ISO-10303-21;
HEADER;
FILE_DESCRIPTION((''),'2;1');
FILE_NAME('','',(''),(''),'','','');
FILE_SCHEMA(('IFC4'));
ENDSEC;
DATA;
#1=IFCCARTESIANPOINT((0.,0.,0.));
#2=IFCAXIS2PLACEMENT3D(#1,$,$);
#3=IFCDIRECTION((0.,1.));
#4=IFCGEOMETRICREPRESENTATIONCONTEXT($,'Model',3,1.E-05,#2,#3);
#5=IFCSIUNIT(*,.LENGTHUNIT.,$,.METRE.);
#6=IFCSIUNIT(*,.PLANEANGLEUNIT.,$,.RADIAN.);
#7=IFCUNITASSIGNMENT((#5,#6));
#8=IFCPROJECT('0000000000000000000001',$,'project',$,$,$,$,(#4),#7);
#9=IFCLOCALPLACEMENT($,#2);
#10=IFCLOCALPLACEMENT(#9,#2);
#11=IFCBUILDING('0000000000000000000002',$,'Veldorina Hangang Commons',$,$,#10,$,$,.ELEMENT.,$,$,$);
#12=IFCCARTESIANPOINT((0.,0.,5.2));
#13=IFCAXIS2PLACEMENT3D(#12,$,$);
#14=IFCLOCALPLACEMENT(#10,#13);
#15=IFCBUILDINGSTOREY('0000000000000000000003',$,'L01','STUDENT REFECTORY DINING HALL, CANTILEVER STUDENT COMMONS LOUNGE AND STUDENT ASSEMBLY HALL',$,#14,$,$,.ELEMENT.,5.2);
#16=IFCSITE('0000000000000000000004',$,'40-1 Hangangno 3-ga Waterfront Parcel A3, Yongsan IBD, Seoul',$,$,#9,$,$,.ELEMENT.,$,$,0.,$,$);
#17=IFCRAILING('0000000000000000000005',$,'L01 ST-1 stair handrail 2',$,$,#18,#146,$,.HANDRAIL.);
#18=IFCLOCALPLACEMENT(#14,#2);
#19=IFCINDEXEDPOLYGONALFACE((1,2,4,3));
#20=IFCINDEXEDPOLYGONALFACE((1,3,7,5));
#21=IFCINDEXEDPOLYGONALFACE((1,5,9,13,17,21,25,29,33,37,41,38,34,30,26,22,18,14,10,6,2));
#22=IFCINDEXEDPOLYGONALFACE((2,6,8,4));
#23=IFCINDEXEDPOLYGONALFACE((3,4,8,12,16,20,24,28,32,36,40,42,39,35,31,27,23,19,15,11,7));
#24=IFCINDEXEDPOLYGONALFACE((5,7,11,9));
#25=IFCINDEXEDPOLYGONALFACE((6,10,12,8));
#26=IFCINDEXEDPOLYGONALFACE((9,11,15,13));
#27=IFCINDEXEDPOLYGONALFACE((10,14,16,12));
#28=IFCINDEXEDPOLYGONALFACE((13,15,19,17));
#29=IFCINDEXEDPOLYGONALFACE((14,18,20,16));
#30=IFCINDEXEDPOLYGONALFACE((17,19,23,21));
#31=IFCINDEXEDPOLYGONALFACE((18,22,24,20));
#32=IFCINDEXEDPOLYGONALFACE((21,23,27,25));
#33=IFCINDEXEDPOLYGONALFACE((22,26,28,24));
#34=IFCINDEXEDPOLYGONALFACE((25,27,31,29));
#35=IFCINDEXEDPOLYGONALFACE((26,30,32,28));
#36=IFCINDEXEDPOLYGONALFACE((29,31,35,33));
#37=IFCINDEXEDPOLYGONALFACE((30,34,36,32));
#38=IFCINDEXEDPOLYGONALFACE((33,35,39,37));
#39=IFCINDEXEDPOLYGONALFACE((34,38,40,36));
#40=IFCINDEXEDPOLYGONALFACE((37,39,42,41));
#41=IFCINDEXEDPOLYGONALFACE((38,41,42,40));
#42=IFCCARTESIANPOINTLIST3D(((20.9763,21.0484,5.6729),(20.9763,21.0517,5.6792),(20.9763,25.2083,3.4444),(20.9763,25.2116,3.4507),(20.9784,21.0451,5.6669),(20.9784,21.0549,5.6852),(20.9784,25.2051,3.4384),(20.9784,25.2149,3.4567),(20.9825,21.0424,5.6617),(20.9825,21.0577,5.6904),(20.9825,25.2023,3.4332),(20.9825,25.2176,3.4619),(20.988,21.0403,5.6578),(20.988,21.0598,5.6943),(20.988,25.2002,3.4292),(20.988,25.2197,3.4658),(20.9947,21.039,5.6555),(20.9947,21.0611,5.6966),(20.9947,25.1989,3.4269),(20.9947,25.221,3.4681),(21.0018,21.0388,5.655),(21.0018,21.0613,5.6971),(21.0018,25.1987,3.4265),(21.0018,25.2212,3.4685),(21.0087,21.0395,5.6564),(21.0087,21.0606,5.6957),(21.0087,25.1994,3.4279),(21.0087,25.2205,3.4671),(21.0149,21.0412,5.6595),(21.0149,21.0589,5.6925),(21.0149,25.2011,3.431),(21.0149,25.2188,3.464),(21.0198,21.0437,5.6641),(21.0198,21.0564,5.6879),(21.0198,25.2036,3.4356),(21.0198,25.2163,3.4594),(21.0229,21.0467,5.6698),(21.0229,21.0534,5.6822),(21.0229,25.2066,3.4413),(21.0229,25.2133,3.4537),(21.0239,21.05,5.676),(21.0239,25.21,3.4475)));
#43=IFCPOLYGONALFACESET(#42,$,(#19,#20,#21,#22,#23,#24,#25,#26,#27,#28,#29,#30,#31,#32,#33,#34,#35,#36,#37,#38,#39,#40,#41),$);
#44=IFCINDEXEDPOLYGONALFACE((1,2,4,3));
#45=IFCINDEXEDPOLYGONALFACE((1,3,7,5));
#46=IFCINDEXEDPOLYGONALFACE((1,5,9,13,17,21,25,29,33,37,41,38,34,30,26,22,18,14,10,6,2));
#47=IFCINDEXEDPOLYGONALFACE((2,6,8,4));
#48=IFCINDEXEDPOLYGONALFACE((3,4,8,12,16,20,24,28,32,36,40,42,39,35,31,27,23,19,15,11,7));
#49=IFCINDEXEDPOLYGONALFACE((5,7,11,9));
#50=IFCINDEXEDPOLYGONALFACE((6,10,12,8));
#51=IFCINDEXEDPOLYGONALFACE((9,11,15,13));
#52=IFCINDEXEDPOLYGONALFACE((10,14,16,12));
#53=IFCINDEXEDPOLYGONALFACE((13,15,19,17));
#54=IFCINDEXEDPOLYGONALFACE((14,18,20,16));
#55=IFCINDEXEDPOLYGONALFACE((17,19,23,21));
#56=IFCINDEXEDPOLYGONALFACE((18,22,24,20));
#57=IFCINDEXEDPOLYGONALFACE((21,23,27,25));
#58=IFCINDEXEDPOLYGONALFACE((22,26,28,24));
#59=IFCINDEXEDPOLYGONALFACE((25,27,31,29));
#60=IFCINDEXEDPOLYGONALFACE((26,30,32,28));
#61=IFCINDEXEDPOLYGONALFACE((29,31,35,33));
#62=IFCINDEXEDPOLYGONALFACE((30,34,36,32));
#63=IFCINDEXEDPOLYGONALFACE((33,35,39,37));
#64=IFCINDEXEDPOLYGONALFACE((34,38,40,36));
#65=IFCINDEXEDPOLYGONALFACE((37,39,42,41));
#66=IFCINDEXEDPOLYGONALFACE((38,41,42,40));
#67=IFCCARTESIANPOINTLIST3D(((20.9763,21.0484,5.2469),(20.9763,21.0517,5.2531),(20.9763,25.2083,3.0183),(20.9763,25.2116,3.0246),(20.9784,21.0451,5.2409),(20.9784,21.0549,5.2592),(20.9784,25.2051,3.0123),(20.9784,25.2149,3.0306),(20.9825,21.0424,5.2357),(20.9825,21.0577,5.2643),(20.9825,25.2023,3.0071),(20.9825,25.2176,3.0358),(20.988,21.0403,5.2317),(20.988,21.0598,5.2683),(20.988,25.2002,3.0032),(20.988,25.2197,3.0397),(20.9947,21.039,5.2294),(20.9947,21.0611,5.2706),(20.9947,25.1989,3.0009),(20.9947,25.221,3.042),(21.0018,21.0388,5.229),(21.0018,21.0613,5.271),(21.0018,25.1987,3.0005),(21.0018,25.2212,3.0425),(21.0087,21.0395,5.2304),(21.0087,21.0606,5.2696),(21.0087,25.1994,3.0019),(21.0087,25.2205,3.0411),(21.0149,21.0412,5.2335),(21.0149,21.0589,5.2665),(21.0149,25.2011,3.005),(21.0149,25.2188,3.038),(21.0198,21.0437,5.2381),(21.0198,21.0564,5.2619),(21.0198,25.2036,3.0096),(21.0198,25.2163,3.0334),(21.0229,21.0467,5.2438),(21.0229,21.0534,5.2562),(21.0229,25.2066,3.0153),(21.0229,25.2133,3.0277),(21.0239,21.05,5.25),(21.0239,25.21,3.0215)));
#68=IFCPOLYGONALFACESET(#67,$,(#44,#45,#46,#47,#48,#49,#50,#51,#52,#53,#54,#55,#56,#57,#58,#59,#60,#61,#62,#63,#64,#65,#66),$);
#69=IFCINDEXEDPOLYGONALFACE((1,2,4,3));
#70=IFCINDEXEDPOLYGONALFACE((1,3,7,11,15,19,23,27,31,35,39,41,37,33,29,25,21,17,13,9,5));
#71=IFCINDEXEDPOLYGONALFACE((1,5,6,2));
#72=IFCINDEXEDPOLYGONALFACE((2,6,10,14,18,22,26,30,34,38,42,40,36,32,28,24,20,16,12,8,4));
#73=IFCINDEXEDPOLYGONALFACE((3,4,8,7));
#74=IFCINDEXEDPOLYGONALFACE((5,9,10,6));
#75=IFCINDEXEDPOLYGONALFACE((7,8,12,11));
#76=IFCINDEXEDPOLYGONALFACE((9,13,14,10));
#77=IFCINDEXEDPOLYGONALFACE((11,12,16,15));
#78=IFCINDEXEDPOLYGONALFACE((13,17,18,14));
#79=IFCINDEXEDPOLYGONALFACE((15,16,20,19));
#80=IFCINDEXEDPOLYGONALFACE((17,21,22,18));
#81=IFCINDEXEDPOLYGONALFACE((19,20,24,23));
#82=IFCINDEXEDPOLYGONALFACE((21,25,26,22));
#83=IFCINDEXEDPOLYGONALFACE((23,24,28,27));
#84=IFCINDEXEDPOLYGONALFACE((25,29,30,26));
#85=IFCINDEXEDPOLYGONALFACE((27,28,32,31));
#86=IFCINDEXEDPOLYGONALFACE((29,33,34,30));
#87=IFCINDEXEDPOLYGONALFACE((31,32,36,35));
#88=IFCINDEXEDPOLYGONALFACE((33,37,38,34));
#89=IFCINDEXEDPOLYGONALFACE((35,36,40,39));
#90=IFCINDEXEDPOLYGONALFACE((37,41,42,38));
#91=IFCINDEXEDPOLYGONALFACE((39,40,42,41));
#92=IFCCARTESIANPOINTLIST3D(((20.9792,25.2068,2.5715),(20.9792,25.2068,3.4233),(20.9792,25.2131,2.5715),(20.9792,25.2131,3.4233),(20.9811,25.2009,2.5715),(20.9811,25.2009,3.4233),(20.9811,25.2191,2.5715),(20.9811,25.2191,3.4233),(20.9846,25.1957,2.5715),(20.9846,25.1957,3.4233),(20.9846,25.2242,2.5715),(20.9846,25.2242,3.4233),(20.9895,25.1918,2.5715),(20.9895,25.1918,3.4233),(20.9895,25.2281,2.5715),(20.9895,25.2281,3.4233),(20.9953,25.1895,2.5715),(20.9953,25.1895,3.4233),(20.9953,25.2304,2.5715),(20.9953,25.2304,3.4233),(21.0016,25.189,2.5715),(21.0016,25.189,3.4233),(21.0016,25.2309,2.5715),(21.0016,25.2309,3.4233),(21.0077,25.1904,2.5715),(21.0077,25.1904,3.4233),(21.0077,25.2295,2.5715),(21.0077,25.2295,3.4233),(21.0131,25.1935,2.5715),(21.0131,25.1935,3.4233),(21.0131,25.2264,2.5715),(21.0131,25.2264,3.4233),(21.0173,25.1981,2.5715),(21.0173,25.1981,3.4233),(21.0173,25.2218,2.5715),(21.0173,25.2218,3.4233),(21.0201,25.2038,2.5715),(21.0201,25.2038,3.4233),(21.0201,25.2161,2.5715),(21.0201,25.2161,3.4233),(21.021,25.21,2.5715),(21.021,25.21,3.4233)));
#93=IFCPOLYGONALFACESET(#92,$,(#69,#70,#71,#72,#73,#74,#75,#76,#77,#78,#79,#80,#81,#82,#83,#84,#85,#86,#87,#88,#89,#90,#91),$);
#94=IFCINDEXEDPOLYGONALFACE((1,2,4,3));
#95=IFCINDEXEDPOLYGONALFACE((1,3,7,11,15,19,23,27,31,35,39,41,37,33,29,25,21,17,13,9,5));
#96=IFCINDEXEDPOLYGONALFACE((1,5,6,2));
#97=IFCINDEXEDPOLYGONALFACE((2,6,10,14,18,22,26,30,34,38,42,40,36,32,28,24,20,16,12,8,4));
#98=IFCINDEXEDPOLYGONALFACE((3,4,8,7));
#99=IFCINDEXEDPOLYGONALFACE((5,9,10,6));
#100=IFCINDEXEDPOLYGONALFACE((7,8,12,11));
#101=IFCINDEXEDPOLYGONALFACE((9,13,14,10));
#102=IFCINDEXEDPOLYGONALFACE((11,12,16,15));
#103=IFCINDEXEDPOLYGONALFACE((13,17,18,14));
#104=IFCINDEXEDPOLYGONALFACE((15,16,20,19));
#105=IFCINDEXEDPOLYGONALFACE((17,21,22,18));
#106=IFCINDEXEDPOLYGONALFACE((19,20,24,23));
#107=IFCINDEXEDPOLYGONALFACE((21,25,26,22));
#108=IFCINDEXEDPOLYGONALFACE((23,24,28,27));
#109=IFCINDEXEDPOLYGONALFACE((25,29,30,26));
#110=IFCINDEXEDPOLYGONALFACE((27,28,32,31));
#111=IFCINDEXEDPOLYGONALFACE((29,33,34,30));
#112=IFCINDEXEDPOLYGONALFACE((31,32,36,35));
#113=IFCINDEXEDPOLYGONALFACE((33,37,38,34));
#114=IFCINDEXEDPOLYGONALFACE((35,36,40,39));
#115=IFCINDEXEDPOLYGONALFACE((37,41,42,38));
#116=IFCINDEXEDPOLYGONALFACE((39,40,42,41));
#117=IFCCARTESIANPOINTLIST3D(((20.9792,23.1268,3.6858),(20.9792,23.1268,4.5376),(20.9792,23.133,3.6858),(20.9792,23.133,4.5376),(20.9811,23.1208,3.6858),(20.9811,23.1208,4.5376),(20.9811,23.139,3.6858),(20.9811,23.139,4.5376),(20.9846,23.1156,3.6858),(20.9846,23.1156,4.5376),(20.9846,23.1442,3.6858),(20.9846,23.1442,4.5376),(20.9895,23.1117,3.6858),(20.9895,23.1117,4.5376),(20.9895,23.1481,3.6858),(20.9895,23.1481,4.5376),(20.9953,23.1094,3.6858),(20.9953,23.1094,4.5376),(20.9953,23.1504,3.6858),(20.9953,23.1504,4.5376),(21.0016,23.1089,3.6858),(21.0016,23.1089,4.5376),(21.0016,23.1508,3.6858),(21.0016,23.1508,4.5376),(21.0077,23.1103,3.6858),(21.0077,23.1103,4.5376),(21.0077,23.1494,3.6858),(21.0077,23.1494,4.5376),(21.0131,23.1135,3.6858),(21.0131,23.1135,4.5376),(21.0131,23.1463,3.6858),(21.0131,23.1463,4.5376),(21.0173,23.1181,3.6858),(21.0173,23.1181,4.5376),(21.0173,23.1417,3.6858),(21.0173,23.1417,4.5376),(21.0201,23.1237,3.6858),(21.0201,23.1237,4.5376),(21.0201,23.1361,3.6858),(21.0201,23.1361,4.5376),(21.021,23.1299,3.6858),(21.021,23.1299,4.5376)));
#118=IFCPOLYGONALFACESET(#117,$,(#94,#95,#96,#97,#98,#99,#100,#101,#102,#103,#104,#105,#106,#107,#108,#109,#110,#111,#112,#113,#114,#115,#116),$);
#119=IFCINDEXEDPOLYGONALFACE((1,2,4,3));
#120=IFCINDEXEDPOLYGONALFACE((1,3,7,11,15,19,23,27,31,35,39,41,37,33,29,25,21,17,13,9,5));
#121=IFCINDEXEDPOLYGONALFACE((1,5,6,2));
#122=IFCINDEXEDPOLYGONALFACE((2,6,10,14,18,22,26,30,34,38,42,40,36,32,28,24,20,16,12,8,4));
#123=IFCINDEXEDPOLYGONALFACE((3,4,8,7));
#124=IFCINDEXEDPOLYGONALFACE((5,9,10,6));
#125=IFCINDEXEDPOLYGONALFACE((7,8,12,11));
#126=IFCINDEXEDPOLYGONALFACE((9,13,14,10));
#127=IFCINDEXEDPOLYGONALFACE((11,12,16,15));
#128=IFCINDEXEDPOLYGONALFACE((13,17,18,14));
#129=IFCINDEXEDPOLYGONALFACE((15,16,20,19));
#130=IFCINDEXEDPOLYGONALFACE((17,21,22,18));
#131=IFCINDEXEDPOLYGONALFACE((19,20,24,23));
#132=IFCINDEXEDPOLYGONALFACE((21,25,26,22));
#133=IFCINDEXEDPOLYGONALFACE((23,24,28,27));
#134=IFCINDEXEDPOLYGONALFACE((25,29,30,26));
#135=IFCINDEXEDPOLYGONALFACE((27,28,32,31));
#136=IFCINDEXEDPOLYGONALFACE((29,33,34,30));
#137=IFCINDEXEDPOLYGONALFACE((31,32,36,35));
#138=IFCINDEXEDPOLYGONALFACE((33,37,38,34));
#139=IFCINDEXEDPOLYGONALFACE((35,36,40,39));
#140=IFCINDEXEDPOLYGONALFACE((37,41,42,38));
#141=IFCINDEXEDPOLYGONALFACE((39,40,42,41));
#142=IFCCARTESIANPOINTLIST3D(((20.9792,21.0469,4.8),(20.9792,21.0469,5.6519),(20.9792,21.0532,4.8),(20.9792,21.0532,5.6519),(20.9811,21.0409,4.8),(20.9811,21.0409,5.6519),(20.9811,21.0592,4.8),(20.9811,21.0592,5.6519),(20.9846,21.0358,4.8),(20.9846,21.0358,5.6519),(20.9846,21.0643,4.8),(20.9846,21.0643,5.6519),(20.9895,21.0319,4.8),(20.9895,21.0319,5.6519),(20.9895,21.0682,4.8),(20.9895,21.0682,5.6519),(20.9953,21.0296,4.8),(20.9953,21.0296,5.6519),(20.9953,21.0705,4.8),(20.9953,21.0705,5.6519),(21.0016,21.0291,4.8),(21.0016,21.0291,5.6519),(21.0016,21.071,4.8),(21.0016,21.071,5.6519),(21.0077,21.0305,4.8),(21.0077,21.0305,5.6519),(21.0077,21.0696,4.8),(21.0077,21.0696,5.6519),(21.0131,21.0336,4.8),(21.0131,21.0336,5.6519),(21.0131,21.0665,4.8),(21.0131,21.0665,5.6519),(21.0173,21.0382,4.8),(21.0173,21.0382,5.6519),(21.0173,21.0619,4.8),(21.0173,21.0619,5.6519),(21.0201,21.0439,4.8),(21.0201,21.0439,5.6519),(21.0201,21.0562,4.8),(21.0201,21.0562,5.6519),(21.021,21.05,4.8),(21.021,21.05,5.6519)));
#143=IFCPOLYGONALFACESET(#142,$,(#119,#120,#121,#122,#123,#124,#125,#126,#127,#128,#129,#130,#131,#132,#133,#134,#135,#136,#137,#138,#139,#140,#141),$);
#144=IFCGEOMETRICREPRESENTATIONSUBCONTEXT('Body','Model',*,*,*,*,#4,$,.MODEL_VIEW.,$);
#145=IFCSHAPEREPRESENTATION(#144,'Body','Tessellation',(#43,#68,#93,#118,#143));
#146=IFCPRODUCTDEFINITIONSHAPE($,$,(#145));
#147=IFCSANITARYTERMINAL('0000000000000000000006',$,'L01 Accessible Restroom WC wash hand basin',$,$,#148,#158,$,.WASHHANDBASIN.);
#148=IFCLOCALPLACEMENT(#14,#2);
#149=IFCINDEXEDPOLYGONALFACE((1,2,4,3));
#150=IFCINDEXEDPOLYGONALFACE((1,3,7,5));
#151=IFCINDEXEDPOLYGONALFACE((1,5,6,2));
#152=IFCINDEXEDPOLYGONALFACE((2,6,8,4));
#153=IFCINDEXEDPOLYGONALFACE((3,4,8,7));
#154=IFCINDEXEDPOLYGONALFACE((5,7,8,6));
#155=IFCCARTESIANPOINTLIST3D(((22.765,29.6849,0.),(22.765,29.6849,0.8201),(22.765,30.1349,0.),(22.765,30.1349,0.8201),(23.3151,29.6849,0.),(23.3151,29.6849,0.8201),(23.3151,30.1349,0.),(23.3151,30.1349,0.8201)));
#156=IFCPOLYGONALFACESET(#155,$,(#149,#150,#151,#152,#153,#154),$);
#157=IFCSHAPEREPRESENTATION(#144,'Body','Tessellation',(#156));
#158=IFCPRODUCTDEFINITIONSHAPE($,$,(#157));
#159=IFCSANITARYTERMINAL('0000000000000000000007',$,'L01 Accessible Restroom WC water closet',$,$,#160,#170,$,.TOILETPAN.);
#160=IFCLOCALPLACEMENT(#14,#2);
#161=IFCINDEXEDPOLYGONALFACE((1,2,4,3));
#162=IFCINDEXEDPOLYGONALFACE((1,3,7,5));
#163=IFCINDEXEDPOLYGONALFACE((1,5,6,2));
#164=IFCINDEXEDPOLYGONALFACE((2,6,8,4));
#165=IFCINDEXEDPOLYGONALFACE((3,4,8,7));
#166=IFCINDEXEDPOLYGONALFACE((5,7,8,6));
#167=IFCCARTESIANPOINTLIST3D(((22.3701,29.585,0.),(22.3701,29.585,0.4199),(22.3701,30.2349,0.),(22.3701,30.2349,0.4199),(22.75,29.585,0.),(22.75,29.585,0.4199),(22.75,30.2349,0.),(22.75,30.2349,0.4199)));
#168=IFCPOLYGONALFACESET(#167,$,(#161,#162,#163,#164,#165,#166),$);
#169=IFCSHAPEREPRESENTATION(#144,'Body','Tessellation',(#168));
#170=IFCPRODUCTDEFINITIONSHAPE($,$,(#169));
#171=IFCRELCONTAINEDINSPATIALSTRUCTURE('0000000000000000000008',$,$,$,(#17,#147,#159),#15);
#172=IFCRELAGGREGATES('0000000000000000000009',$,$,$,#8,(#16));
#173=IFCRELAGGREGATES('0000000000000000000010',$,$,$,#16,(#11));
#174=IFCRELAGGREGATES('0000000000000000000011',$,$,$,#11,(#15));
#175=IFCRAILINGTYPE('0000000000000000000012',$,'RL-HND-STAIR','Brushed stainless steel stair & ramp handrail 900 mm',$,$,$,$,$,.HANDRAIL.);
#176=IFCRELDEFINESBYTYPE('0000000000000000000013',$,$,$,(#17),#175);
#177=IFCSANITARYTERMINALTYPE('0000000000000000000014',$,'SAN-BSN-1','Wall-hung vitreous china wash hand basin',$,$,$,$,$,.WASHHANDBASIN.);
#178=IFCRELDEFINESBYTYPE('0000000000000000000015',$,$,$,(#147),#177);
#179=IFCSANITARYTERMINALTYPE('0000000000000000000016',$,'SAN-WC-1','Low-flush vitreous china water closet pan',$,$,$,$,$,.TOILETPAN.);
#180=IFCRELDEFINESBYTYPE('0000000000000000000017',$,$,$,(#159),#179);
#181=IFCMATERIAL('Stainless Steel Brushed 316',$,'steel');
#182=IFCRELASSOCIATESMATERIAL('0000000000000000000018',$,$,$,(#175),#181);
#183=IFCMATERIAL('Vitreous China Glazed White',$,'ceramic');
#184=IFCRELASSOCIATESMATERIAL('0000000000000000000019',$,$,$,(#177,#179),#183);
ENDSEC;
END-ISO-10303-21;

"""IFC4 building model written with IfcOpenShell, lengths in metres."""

from ifc_helpers import new_model, si_unit, direction, frame, origin, origin_2d, place, context, subcontext, project, spatial, rectangle, circle, extrude, material, type_object, element, save


model = new_model("IFC4")

# Units and contexts
model_context = context("Model", 3, precision=1e-05, world=origin(), true_north=direction((0.0, 1.0)))
body_context = subcontext(model_context, "Body", "Model", "MODEL_VIEW")
ifc_project = project(units=[si_unit("LENGTHUNIT", "METRE"), si_unit("PLANEANGLEUNIT", "RADIAN")], contexts=[model_context])

# Site, building, storey
site_placement = place(None, origin())
site = spatial("IfcSite", under=ifc_project, at=site_placement, Name="40-1 Hangangno 3-ga Waterfront Parcel A3, Yongsan IBD, Seoul", CompositionType="ELEMENT", RefElevation=0.0)
building_placement = place(site_placement, origin())
building = spatial("IfcBuilding", under=site, at=building_placement, Name="Veldorina Hangang Commons", CompositionType="ELEMENT")
storey_placement = place(building_placement, frame((0.0, 0.0, 5.2)))
storey = spatial("IfcBuildingStorey", under=building, at=storey_placement, Name="L01", Description="STUDENT REFECTORY DINING HALL, CANTILEVER STUDENT COMMONS LOUNGE AND STUDENT ASSEMBLY HALL", CompositionType="ELEMENT", Elevation=5.2)

# Railing
ifc_material_1 = material(Name="Stainless Steel Brushed 316", Category="steel")
railing_type_1 = type_object("IfcRailingType", Name="RL-HND-STAIR", Description="Brushed stainless steel stair & ramp handrail 900 mm", PredefinedType="HANDRAIL", material=ifc_material_1)
railing_1_placement = place(storey_placement, frame((21.0, 25.21, 2.5715)))
element("IfcRailing", 1, at=railing_1_placement, inside=storey, type_object=railing_type_1, Name="L01 ST-1 stair handrail 2", PredefinedType="HANDRAIL", context=body_context, shape_type="SweptSolid", body=[
    extrude(circle(Radius=0.0239, at=origin_2d()), frame((0.0, 0.0, 0.876), z_axis=(0.0, -0.881481, 0.47222), x_axis=(1.0, 0.0, 0.0)), (0.0, 0.0, 1.0), 4.7192),
    extrude(circle(Radius=0.0239, at=origin_2d()), frame((0.0, 0.0, 0.45), z_axis=(0.0, -0.881481, 0.47222), x_axis=(1.0, 0.0, 0.0)), (0.0, 0.0, 1.0), 4.7192),
    extrude(circle(Radius=0.021, at=origin_2d()), origin(), (0.0, 0.0, 1.0), 0.8518),
    extrude(circle(Radius=0.021, at=origin_2d()), frame((0.0, -2.0801, 1.1143)), (0.0, 0.0, 1.0), 0.8518),
    extrude(circle(Radius=0.021, at=origin_2d()), frame((0.0, -4.1599, 2.2285)), (0.0, 0.0, 1.0), 0.8518),
])

# Sanitary terminals
ifc_material_2 = material(Name="Vitreous China Glazed White", Category="ceramic")
sanitary_terminal_type_1 = type_object("IfcSanitaryTerminalType", Name="SAN-BSN-1", Description="Wall-hung vitreous china wash hand basin", PredefinedType="WASHHANDBASIN", material=ifc_material_2)
sanitary_terminal_1_placement = place(storey_placement, frame((23.04, 29.9099, 0.0), z_axis=(0.0, 0.0, 1.0), x_axis=(1.0, 0.0, 0.0)))
element("IfcSanitaryTerminal", 2, at=sanitary_terminal_1_placement, inside=storey, type_object=sanitary_terminal_type_1, Name="L01 Accessible Restroom WC wash hand basin", PredefinedType="WASHHANDBASIN", context=body_context, shape_type="SweptSolid", body=[
    extrude(rectangle(XDim=0.55, YDim=0.45, at=origin_2d()), origin(), (0.0, 0.0, 1.0), 0.8201),
])
sanitary_terminal_type_2 = type_object("IfcSanitaryTerminalType", Name="SAN-WC-1", Description="Low-flush vitreous china water closet pan", PredefinedType="TOILETPAN", material=ifc_material_2)
sanitary_terminal_2_placement = place(storey_placement, frame((22.5601, 29.9099, 0.0), z_axis=(0.0, 0.0, 1.0), x_axis=(1.0, 0.0, 0.0)))
element("IfcSanitaryTerminal", 3, at=sanitary_terminal_2_placement, inside=storey, type_object=sanitary_terminal_type_2, Name="L01 Accessible Restroom WC water closet", PredefinedType="TOILETPAN", context=body_context, shape_type="SweptSolid", body=[
    extrude(rectangle(XDim=0.3799, YDim=0.6499, at=origin_2d()), origin(), (0.0, 0.0, 1.0), 0.4199),
])

save(model, "model.ifc")
